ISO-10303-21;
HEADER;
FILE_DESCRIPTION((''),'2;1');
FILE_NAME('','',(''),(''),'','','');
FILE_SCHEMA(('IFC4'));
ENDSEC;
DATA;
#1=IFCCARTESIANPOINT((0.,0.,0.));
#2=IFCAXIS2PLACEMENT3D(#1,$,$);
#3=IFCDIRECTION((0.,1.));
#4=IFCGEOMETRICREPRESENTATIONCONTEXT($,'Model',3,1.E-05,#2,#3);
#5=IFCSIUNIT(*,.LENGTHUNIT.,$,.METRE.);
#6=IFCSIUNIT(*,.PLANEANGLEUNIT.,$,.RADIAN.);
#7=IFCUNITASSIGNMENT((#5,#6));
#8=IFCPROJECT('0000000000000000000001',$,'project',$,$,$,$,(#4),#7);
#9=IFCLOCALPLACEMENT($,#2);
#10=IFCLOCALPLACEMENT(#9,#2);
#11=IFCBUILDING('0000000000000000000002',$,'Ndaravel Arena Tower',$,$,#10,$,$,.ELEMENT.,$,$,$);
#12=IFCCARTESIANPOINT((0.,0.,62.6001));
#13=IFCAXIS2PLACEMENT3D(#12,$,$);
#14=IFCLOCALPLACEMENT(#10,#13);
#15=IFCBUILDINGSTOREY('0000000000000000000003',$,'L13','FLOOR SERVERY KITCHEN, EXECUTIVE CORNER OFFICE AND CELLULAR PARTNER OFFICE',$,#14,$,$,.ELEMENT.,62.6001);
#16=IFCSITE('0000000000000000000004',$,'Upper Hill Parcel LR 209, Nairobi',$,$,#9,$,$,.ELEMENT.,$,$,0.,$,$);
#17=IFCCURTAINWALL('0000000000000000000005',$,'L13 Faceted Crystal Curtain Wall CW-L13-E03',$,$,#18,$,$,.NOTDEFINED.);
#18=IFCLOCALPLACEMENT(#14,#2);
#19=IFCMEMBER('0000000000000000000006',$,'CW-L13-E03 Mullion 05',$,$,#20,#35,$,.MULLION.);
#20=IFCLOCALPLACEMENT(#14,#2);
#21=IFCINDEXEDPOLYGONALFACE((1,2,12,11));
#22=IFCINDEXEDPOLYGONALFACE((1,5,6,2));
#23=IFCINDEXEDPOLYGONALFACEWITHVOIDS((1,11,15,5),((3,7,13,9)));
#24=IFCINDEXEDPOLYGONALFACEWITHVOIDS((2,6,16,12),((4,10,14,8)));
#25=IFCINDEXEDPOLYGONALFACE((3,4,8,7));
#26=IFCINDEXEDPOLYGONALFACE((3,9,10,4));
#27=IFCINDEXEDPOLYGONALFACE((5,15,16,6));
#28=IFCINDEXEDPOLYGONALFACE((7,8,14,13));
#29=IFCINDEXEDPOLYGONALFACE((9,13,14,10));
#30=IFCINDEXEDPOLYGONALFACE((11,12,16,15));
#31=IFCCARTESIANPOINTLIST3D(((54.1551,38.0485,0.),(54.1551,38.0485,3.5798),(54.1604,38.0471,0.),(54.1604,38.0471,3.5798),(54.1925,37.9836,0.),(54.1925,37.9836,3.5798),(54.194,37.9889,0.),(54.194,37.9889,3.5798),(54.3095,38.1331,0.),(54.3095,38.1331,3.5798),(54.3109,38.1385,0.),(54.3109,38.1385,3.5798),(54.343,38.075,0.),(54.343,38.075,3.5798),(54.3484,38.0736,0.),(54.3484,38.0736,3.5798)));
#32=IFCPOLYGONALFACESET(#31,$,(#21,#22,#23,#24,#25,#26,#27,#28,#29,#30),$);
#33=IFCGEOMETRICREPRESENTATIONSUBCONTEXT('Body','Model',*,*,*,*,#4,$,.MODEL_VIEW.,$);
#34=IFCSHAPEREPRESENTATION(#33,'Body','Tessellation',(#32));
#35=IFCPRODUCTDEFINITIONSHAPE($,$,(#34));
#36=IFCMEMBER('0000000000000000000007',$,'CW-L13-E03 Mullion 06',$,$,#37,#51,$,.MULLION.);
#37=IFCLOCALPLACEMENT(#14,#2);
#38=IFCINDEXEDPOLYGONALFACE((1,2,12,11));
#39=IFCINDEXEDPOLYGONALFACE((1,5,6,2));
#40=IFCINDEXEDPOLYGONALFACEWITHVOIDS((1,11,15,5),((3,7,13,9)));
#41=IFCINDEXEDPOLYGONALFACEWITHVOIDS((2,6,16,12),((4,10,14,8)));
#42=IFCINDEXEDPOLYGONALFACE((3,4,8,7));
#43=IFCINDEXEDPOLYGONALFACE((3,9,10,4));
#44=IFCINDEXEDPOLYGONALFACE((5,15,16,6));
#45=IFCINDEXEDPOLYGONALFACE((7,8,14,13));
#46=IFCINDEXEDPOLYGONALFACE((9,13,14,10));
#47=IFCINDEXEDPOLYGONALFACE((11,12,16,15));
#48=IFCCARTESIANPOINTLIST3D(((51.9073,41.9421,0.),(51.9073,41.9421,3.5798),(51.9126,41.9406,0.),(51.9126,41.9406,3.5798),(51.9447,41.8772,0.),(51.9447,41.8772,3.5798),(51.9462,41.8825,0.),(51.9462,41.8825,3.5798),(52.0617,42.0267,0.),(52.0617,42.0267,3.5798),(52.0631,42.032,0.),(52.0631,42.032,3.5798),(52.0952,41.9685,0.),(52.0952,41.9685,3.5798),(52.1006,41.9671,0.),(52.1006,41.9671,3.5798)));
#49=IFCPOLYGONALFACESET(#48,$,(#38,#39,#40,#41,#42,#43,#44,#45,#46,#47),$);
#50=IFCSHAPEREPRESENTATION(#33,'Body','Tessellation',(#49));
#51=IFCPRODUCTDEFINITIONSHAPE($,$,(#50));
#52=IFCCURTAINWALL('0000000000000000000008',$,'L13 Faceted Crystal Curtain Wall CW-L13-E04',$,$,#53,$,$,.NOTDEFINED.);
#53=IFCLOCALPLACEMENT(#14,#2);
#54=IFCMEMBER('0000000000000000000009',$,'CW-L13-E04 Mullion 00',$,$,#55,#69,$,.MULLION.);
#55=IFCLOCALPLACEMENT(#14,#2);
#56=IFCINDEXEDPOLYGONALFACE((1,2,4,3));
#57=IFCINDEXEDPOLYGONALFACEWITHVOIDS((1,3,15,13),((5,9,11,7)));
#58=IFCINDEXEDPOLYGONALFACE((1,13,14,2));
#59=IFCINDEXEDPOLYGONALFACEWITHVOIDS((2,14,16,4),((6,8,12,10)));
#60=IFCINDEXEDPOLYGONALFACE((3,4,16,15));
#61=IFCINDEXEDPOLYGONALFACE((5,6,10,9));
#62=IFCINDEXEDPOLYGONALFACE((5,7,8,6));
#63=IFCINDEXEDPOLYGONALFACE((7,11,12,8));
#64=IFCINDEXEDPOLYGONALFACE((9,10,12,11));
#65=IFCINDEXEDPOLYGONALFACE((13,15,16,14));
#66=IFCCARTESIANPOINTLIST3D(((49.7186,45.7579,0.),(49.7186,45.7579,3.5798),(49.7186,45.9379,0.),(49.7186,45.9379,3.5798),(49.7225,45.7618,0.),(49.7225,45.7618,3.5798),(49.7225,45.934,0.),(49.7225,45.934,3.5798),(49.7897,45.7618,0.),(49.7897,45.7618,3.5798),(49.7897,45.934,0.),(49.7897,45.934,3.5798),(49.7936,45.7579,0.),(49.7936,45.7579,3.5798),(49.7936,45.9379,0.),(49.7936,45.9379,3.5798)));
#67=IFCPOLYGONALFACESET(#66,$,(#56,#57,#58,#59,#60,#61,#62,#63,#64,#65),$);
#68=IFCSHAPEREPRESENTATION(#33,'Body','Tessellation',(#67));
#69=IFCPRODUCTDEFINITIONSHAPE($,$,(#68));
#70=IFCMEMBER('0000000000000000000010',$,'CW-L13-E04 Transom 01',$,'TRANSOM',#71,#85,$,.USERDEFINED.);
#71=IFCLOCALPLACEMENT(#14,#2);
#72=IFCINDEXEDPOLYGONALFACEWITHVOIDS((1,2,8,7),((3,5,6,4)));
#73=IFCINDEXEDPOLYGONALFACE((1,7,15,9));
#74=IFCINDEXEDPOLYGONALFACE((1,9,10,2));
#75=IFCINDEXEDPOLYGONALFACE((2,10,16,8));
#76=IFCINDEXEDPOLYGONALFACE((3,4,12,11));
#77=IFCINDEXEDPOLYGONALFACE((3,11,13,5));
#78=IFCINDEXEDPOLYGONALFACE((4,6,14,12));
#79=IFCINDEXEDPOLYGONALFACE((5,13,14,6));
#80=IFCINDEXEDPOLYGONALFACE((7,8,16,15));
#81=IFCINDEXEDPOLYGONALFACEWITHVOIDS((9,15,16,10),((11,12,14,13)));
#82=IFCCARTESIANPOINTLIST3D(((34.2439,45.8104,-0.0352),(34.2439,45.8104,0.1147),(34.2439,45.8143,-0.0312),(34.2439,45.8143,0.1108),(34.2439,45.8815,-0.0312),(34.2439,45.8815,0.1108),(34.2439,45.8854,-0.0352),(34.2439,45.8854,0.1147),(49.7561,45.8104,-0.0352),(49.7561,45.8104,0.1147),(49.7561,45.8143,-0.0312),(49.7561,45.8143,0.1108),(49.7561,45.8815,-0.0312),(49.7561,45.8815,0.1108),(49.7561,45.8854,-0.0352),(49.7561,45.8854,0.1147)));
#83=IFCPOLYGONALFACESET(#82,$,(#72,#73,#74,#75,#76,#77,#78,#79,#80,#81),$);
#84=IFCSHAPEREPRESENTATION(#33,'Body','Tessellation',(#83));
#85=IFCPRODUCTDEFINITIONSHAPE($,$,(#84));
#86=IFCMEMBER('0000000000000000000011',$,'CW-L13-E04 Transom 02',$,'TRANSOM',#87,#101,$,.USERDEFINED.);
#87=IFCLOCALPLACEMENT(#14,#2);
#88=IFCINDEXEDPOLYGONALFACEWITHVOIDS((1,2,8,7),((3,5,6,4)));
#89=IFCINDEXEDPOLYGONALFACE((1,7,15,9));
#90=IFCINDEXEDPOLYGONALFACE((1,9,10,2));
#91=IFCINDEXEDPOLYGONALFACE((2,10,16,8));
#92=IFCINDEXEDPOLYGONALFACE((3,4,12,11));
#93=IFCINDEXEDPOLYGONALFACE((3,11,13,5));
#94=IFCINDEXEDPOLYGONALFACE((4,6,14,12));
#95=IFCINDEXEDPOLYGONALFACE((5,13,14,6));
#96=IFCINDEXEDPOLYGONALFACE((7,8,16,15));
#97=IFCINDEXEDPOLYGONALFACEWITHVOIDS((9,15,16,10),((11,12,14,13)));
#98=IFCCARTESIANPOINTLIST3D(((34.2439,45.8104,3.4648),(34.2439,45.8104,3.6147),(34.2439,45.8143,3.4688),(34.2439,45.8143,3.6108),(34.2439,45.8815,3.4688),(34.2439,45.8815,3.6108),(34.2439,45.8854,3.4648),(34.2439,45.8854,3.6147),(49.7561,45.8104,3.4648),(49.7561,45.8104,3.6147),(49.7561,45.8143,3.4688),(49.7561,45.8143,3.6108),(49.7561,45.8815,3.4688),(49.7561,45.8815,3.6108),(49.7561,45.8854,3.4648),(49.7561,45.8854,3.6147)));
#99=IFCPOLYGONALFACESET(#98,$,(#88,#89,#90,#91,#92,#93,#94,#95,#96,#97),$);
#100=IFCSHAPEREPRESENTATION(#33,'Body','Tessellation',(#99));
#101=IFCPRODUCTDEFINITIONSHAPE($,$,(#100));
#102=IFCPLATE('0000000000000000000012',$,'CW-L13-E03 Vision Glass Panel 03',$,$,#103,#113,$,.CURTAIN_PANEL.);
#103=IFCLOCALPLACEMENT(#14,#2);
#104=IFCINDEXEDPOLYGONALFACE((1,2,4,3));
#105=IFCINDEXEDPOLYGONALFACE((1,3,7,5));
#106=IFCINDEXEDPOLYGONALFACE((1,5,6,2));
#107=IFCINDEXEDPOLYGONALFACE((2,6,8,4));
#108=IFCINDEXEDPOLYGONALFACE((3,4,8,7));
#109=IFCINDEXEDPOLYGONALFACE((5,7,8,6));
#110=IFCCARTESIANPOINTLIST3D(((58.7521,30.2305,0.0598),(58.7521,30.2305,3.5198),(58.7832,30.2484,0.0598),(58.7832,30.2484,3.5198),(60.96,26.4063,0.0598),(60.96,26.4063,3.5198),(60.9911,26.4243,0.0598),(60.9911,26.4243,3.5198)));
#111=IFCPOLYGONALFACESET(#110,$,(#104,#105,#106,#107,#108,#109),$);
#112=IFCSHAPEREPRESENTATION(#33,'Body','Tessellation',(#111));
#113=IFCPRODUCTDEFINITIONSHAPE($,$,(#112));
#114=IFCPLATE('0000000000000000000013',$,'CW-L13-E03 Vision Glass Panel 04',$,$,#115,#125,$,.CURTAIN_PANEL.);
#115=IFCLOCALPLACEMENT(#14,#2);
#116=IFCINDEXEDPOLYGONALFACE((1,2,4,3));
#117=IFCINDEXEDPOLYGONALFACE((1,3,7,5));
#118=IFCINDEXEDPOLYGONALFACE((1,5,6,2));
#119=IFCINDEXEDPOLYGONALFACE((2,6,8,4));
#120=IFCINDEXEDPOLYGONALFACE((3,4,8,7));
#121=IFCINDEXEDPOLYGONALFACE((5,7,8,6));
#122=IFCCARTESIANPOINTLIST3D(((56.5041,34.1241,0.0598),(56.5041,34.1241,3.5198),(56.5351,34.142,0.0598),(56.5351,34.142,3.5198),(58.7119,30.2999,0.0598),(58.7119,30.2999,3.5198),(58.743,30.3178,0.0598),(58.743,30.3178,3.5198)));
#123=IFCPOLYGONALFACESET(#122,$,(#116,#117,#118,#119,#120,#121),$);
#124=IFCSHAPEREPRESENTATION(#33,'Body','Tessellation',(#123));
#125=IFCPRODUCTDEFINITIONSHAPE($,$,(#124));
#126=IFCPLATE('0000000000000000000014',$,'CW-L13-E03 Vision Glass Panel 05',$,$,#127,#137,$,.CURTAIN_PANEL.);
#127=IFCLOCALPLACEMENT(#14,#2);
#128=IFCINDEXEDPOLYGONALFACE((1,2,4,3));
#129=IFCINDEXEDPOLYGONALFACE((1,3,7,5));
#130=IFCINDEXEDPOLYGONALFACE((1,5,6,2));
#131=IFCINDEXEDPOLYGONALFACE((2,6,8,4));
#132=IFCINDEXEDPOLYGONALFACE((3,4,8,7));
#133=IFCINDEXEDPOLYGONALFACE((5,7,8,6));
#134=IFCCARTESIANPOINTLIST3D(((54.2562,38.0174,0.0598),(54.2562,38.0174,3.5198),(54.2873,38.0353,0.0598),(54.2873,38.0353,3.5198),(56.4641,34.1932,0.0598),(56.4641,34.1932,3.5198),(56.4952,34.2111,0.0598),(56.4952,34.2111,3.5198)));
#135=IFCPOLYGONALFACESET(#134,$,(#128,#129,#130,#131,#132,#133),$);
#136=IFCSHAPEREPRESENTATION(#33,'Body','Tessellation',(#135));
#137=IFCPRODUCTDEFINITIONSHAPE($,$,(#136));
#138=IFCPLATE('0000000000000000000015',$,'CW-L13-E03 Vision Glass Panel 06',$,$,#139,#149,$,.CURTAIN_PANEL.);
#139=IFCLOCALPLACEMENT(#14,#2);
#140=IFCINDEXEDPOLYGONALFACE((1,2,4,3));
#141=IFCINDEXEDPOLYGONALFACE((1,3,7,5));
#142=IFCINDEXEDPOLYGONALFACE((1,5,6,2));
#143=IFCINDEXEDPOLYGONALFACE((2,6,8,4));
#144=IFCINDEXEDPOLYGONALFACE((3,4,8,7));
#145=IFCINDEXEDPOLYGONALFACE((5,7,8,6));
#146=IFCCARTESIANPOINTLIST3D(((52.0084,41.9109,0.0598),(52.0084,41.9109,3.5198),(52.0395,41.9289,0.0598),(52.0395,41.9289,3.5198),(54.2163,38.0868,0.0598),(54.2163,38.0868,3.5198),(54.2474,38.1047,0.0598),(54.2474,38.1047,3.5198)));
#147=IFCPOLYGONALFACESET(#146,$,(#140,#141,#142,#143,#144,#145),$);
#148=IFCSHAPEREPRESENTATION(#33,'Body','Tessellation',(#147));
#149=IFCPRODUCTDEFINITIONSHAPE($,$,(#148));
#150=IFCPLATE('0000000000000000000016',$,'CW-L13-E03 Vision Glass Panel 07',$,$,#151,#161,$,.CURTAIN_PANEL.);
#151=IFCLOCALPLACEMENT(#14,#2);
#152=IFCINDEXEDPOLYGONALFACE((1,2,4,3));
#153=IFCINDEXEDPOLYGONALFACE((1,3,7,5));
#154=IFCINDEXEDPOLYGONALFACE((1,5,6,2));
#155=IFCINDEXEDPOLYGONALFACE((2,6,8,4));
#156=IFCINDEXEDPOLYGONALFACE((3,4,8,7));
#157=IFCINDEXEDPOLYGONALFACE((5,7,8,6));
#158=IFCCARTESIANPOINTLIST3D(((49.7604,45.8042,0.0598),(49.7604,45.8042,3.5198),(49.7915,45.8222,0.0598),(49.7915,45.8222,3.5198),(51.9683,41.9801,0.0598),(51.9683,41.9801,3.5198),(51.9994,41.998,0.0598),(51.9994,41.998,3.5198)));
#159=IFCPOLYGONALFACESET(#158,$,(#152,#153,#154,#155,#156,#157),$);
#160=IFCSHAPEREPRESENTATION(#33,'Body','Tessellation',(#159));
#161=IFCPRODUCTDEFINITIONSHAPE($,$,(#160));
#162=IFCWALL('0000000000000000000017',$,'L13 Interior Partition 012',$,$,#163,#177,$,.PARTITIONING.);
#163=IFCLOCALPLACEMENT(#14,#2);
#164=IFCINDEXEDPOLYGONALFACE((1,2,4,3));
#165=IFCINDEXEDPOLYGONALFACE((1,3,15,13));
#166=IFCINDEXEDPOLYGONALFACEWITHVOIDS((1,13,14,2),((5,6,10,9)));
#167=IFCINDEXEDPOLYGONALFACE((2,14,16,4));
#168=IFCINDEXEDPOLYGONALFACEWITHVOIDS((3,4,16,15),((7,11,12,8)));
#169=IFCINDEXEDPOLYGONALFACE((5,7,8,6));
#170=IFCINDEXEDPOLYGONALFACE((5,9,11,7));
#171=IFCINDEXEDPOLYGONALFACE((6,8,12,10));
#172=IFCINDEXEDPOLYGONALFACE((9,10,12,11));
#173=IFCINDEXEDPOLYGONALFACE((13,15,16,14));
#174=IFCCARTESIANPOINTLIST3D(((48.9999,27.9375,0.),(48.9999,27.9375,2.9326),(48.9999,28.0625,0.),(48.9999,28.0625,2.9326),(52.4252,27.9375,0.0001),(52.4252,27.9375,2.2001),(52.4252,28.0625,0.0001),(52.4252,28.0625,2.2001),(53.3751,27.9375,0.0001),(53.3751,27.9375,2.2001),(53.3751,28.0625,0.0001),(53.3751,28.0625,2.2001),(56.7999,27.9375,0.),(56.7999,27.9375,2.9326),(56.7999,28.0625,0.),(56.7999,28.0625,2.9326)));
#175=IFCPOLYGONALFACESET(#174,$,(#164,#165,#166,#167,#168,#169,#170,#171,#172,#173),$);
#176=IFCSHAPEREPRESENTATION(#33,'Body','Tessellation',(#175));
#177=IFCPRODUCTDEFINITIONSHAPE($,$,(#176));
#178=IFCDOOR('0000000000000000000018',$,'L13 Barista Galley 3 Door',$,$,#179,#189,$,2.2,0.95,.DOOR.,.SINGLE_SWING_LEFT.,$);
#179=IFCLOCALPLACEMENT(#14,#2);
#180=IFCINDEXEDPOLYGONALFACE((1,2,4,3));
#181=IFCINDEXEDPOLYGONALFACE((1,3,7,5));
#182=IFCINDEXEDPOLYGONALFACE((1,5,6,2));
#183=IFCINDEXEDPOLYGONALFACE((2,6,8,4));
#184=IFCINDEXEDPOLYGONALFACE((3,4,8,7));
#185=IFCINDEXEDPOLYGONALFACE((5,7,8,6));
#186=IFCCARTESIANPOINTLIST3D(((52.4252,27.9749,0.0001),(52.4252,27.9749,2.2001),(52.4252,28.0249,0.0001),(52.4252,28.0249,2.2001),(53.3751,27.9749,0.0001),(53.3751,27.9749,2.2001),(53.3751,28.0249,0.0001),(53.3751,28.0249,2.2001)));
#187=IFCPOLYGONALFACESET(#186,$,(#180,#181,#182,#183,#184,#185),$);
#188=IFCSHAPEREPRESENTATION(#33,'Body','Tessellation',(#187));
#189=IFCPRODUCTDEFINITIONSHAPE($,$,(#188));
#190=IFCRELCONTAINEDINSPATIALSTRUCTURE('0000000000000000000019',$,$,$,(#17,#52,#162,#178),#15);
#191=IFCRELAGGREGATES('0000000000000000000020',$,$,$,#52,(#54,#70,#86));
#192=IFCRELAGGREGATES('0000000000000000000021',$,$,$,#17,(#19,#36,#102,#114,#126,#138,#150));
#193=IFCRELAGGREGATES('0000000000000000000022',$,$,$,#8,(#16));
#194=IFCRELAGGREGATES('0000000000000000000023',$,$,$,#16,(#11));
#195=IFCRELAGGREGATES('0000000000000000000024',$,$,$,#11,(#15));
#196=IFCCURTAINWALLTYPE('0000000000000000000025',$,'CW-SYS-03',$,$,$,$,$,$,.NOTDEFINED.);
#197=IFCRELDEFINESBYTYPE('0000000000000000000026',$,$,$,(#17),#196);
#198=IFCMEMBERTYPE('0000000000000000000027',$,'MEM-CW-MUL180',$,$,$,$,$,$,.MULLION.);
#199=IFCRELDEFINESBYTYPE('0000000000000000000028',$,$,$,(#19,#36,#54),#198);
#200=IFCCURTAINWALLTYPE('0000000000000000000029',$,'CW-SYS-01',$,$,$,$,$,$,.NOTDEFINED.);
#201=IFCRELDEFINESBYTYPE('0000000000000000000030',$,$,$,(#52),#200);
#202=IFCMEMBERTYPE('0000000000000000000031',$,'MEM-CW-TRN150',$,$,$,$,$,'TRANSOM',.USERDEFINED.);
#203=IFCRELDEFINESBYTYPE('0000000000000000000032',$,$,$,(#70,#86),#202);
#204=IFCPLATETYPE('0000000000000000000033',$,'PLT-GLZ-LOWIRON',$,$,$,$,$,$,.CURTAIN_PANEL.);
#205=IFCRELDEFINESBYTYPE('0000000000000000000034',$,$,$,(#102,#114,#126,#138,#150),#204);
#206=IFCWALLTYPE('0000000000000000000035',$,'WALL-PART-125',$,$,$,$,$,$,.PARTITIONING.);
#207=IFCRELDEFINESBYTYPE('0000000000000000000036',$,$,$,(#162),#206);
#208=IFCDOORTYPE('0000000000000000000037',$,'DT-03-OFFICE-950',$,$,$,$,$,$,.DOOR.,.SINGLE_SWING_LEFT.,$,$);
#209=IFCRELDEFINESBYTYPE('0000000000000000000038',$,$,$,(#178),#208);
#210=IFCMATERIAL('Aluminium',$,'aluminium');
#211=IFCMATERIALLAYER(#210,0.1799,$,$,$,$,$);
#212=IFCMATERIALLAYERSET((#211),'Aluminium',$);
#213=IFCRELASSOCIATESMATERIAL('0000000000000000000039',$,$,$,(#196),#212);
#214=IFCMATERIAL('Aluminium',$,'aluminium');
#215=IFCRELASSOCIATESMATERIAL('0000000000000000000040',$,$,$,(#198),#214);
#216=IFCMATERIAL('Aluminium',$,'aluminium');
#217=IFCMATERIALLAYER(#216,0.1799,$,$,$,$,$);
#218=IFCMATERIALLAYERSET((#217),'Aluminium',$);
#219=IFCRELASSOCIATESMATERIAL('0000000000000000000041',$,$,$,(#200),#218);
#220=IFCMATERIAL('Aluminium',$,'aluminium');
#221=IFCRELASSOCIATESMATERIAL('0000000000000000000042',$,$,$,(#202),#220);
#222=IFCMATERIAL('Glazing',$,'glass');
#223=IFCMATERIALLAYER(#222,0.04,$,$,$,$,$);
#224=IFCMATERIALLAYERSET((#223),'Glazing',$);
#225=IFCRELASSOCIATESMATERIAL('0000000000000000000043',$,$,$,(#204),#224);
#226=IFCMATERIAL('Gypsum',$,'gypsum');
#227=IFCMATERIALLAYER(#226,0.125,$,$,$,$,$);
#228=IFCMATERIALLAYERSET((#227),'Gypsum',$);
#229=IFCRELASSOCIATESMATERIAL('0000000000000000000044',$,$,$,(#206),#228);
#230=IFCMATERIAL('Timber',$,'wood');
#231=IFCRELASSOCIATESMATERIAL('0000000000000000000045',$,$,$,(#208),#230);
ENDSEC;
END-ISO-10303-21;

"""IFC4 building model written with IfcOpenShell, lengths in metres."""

from ifc_helpers import new_model, si_unit, direction, frame, frame_2d, origin, origin_2d, place, context, subcontext, project, spatial, rectangle, hollow_rectangle, extrude, material, layer, layer_set, material_profile, profile_set, type_object, element, fill, aggregate, save


model = new_model("IFC4")

# Units and contexts
model_context = context("Model", 3, precision=1e-05, world=origin(), true_north=direction((0.0, 1.0)))
body_context = subcontext(model_context, "Body", "Model", "MODEL_VIEW")
ifc_project = project(units=[si_unit("LENGTHUNIT", "METRE"), si_unit("PLANEANGLEUNIT", "RADIAN")], contexts=[model_context])

# Site, building, storey
site_placement = place(None, origin())
site = spatial("IfcSite", under=ifc_project, at=site_placement, Name="Upper Hill Parcel LR 209, Nairobi", CompositionType="ELEMENT", RefElevation=0.0)
building_placement = place(site_placement, origin())
building = spatial("IfcBuilding", under=site, at=building_placement, Name="Ndaravel Arena Tower", CompositionType="ELEMENT")
storey_placement = place(building_placement, frame((0.0, 0.0, 62.6001)))
storey = spatial("IfcBuildingStorey", under=building, at=storey_placement, Name="L13", Description="FLOOR SERVERY KITCHEN, EXECUTIVE CORNER OFFICE AND CELLULAR PARTNER OFFICE", CompositionType="ELEMENT", Elevation=62.6001)

# Curtain walls, members
ifc_material_1 = material(Name="Aluminium", Category="aluminium")
ifc_layer_1 = layer(ifc_material_1, 0.1799)
ifc_layer_set_1 = layer_set([ifc_layer_1], Name="Aluminium")
curtain_wall_type_1 = type_object("IfcCurtainWallType", Name="CW-SYS-03", PredefinedType="NOTDEFINED", material=ifc_layer_set_1)
curtain_wall_1_placement = place(storey_placement, origin())
curtain_wall_1 = element("IfcCurtainWall", 1, at=curtain_wall_1_placement, inside=storey, type_object=curtain_wall_type_1, Name="L13 Faceted Crystal Curtain Wall CW-L13-E03", PredefinedType="NOTDEFINED")
ifc_material_2 = material(Name="Aluminium", Category="aluminium")
ifc_material_profile_1 = material_profile(ifc_material_2, hollow_rectangle(XDim=0.075, YDim=0.1799, WallThickness=0.0039, at=origin_2d()), Name="CW MULLION 75x180x4")
ifc_profile_set_1 = profile_set([ifc_material_profile_1], Name="Aluminium")
member_type_1 = type_object("IfcMemberType", Name="MEM-CW-MUL180", PredefinedType="MULLION", material=ifc_profile_set_1)
member_1_placement = place(storey_placement, frame((54.2517, 38.061, 0.0), z_axis=(0.0, 0.0, 1.0), x_axis=(-0.5, 0.866025, 0.0)))
member_1 = element("IfcMember", 2, at=member_1_placement, type_object=member_type_1, Name="CW-L13-E03 Mullion 05", PredefinedType="MULLION", context=body_context, shape_type="SweptSolid", body=[
    extrude(hollow_rectangle(XDim=0.075, YDim=0.1799, WallThickness=0.0039, at=origin_2d()), origin(), (0.0, 0.0, 1.0), 3.5798),
])
member_2_placement = place(storey_placement, frame((52.0039, 41.9546, 0.0), z_axis=(0.0, 0.0, 1.0), x_axis=(-0.5, 0.866025, 0.0)))
member_2 = element("IfcMember", 3, at=member_2_placement, type_object=member_type_1, Name="CW-L13-E03 Mullion 06", PredefinedType="MULLION", context=body_context, shape_type="SweptSolid", body=[
    extrude(hollow_rectangle(XDim=0.075, YDim=0.1799, WallThickness=0.0039, at=origin_2d()), origin(), (0.0, 0.0, 1.0), 3.5798),
])
ifc_material_3 = material(Name="Aluminium", Category="aluminium")
ifc_layer_2 = layer(ifc_material_3, 0.1799)
ifc_layer_set_2 = layer_set([ifc_layer_2], Name="Aluminium")
curtain_wall_type_2 = type_object("IfcCurtainWallType", Name="CW-SYS-01", PredefinedType="NOTDEFINED", material=ifc_layer_set_2)
curtain_wall_2_placement = place(storey_placement, origin())
curtain_wall_2 = element("IfcCurtainWall", 4, at=curtain_wall_2_placement, inside=storey, type_object=curtain_wall_type_2, Name="L13 Faceted Crystal Curtain Wall CW-L13-E04", PredefinedType="NOTDEFINED")
member_3_placement = place(storey_placement, frame((49.7561, 45.8479, 0.0), z_axis=(0.0, 0.0, 1.0), x_axis=(-1.0, 0.0, 0.0)))
member_3 = element("IfcMember", 5, at=member_3_placement, type_object=member_type_1, Name="CW-L13-E04 Mullion 00", PredefinedType="MULLION", context=body_context, shape_type="SweptSolid", body=[
    extrude(hollow_rectangle(XDim=0.075, YDim=0.1799, WallThickness=0.0039, at=origin_2d()), origin(), (0.0, 0.0, 1.0), 3.5798),
])
ifc_material_4 = material(Name="Aluminium", Category="aluminium")
ifc_material_profile_2 = material_profile(ifc_material_4, hollow_rectangle(XDim=0.075, YDim=0.1499, WallThickness=0.0039, at=origin_2d()), Name="CW TRANSOM 75x150x4")
ifc_profile_set_2 = profile_set([ifc_material_profile_2], Name="Aluminium")
member_type_2 = type_object("IfcMemberType", Name="MEM-CW-TRN150", ElementType="TRANSOM", PredefinedType="USERDEFINED", material=ifc_profile_set_2)
member_4_placement = place(storey_placement, frame((49.7561, 45.8479, 0.0398), z_axis=(-1.0, 0.0, 0.0), x_axis=(0.0, -1.0, 0.0)))
member_4 = element("IfcMember", 6, at=member_4_placement, type_object=member_type_2, Name="CW-L13-E04 Transom 01", ObjectType="TRANSOM", PredefinedType="USERDEFINED", context=body_context, shape_type="SweptSolid", body=[
    extrude(hollow_rectangle(XDim=0.075, YDim=0.1499, WallThickness=0.0039, at=origin_2d()), origin(), (0.0, 0.0, 1.0), 15.5122),
])
member_5_placement = place(storey_placement, frame((49.7561, 45.8479, 3.5398), z_axis=(-1.0, 0.0, 0.0), x_axis=(0.0, -1.0, 0.0)))
member_5 = element("IfcMember", 7, at=member_5_placement, type_object=member_type_2, Name="CW-L13-E04 Transom 02", ObjectType="TRANSOM", PredefinedType="USERDEFINED", context=body_context, shape_type="SweptSolid", body=[
    extrude(hollow_rectangle(XDim=0.075, YDim=0.1499, WallThickness=0.0039, at=origin_2d()), origin(), (0.0, 0.0, 1.0), 15.5122),
])
aggregate(curtain_wall_2, [member_3, member_4, member_5])

# Plates
ifc_material_5 = material(Name="Glazing", Category="glass")
ifc_layer_3 = layer(ifc_material_5, 0.04)
ifc_layer_set_3 = layer_set([ifc_layer_3], Name="Glazing")
plate_type = type_object("IfcPlateType", Name="PLT-GLZ-LOWIRON", PredefinedType="CURTAIN_PANEL", material=ifc_layer_set_3)
plate_1_placement = place(storey_placement, frame((59.8716, 28.3274, 0.0598), z_axis=(0.0, 0.0, 1.0), x_axis=(-0.5, 0.866025, 0.0)))
plate_1 = element("IfcPlate", 8, at=plate_1_placement, type_object=plate_type, Name="CW-L13-E03 Vision Glass Panel 03", PredefinedType="CURTAIN_PANEL", context=body_context, shape_type="SweptSolid", body=[
    extrude(rectangle(XDim=4.4158, YDim=0.0359, at=origin_2d()), origin(), (0.0, 0.0, 1.0), 3.46),
])
plate_2_placement = place(storey_placement, frame((57.6235, 32.2209, 0.0598), z_axis=(0.0, 0.0, 1.0), x_axis=(-0.5, 0.866025, 0.0)))
plate_2 = element("IfcPlate", 9, at=plate_2_placement, type_object=plate_type, Name="CW-L13-E03 Vision Glass Panel 04", PredefinedType="CURTAIN_PANEL", context=body_context, shape_type="SweptSolid", body=[
    extrude(rectangle(XDim=4.4158, YDim=0.0359, at=origin_2d()), origin(), (0.0, 0.0, 1.0), 3.46),
])
plate_3_placement = place(storey_placement, frame((55.3757, 36.1143, 0.0598), z_axis=(0.0, 0.0, 1.0), x_axis=(-0.5, 0.866025, 0.0)))
plate_3 = element("IfcPlate", 10, at=plate_3_placement, type_object=plate_type, Name="CW-L13-E03 Vision Glass Panel 05", PredefinedType="CURTAIN_PANEL", context=body_context, shape_type="SweptSolid", body=[
    extrude(rectangle(XDim=4.4158, YDim=0.0359, at=origin_2d()), origin(), (0.0, 0.0, 1.0), 3.46),
])
plate_4_placement = place(storey_placement, frame((53.1279, 40.0078, 0.0598), z_axis=(0.0, 0.0, 1.0), x_axis=(-0.5, 0.866025, 0.0)))
plate_4 = element("IfcPlate", 11, at=plate_4_placement, type_object=plate_type, Name="CW-L13-E03 Vision Glass Panel 06", PredefinedType="CURTAIN_PANEL", context=body_context, shape_type="SweptSolid", body=[
    extrude(rectangle(XDim=4.4158, YDim=0.0359, at=origin_2d()), origin(), (0.0, 0.0, 1.0), 3.46),
])
plate_5_placement = place(storey_placement, frame((50.8799, 43.9011, 0.0598), z_axis=(0.0, 0.0, 1.0), x_axis=(-0.5, 0.866025, 0.0)))
plate_5 = element("IfcPlate", 12, at=plate_5_placement, type_object=plate_type, Name="CW-L13-E03 Vision Glass Panel 07", PredefinedType="CURTAIN_PANEL", context=body_context, shape_type="SweptSolid", body=[
    extrude(rectangle(XDim=4.4158, YDim=0.0359, at=origin_2d()), origin(), (0.0, 0.0, 1.0), 3.46),
])
aggregate(curtain_wall_1, [member_1, member_2, plate_1, plate_2, plate_3, plate_4, plate_5])

# Wall, opening, door
ifc_material_6 = material(Name="Gypsum", Category="gypsum")
ifc_layer_4 = layer(ifc_material_6, 0.125)
ifc_layer_set_4 = layer_set([ifc_layer_4], Name="Gypsum")
wall_type_1 = type_object("IfcWallType", Name="WALL-PART-125", PredefinedType="PARTITIONING", material=ifc_layer_set_4)
wall_1_placement = place(storey_placement, frame((49.0, 28.0, 0.0), z_axis=(0.0, 0.0, 1.0), x_axis=(1.0, 0.0, 0.0)))
wall_1 = element("IfcWall", 13, at=wall_1_placement, inside=storey, type_object=wall_type_1, Name="L13 Interior Partition 012", PredefinedType="PARTITIONING", context=body_context, shape_type="SweptSolid", body=[
    extrude(rectangle(XDim=7.8, YDim=0.125, at=frame_2d((3.8999, 0.0))), origin(), (0.0, 0.0, 1.0), 2.9326),
])
opening_1_placement = place(wall_1_placement, frame((3.425, 0.0, 0.0)))
opening_1 = element("IfcOpeningElement", 14, at=opening_1_placement, cuts=wall_1, PredefinedType="OPENING", context=body_context, shape_type="SweptSolid", body=[
    extrude(rectangle(XDim=0.95, YDim=2.2, at=frame_2d((0.4751, 1.1001))), frame((0.0, 0.0625, 0.0), z_axis=(0.0, -1.0, 0.0), x_axis=(1.0, 0.0, 0.0)), (0.0, 0.0, 1.0), 0.125),
])
ifc_material_7 = material(Name="Timber", Category="wood")
door_type = type_object("IfcDoorType", Name="DT-03-OFFICE-950", OperationType="SINGLE_SWING_LEFT", PredefinedType="DOOR", material=ifc_material_7)
door_1_placement = place(opening_1_placement, origin())
door_1 = element("IfcDoor", 15, at=door_1_placement, inside=storey, type_object=door_type, Name="L13 Barista Galley 3 Door", OperationType="SINGLE_SWING_LEFT", OverallHeight=2.2, OverallWidth=0.95, PredefinedType="DOOR", context=body_context, shape_type="SweptSolid", body=[
    extrude(rectangle(XDim=0.95, YDim=2.2, at=frame_2d((0.4751, 1.1001))), frame((0.0, 0.0249, 0.0), z_axis=(0.0, -1.0, 0.0), x_axis=(1.0, 0.0, 0.0)), (0.0, 0.0, 1.0), 0.05),
])
fill(opening_1, door_1)

save(model, "model.ifc")
